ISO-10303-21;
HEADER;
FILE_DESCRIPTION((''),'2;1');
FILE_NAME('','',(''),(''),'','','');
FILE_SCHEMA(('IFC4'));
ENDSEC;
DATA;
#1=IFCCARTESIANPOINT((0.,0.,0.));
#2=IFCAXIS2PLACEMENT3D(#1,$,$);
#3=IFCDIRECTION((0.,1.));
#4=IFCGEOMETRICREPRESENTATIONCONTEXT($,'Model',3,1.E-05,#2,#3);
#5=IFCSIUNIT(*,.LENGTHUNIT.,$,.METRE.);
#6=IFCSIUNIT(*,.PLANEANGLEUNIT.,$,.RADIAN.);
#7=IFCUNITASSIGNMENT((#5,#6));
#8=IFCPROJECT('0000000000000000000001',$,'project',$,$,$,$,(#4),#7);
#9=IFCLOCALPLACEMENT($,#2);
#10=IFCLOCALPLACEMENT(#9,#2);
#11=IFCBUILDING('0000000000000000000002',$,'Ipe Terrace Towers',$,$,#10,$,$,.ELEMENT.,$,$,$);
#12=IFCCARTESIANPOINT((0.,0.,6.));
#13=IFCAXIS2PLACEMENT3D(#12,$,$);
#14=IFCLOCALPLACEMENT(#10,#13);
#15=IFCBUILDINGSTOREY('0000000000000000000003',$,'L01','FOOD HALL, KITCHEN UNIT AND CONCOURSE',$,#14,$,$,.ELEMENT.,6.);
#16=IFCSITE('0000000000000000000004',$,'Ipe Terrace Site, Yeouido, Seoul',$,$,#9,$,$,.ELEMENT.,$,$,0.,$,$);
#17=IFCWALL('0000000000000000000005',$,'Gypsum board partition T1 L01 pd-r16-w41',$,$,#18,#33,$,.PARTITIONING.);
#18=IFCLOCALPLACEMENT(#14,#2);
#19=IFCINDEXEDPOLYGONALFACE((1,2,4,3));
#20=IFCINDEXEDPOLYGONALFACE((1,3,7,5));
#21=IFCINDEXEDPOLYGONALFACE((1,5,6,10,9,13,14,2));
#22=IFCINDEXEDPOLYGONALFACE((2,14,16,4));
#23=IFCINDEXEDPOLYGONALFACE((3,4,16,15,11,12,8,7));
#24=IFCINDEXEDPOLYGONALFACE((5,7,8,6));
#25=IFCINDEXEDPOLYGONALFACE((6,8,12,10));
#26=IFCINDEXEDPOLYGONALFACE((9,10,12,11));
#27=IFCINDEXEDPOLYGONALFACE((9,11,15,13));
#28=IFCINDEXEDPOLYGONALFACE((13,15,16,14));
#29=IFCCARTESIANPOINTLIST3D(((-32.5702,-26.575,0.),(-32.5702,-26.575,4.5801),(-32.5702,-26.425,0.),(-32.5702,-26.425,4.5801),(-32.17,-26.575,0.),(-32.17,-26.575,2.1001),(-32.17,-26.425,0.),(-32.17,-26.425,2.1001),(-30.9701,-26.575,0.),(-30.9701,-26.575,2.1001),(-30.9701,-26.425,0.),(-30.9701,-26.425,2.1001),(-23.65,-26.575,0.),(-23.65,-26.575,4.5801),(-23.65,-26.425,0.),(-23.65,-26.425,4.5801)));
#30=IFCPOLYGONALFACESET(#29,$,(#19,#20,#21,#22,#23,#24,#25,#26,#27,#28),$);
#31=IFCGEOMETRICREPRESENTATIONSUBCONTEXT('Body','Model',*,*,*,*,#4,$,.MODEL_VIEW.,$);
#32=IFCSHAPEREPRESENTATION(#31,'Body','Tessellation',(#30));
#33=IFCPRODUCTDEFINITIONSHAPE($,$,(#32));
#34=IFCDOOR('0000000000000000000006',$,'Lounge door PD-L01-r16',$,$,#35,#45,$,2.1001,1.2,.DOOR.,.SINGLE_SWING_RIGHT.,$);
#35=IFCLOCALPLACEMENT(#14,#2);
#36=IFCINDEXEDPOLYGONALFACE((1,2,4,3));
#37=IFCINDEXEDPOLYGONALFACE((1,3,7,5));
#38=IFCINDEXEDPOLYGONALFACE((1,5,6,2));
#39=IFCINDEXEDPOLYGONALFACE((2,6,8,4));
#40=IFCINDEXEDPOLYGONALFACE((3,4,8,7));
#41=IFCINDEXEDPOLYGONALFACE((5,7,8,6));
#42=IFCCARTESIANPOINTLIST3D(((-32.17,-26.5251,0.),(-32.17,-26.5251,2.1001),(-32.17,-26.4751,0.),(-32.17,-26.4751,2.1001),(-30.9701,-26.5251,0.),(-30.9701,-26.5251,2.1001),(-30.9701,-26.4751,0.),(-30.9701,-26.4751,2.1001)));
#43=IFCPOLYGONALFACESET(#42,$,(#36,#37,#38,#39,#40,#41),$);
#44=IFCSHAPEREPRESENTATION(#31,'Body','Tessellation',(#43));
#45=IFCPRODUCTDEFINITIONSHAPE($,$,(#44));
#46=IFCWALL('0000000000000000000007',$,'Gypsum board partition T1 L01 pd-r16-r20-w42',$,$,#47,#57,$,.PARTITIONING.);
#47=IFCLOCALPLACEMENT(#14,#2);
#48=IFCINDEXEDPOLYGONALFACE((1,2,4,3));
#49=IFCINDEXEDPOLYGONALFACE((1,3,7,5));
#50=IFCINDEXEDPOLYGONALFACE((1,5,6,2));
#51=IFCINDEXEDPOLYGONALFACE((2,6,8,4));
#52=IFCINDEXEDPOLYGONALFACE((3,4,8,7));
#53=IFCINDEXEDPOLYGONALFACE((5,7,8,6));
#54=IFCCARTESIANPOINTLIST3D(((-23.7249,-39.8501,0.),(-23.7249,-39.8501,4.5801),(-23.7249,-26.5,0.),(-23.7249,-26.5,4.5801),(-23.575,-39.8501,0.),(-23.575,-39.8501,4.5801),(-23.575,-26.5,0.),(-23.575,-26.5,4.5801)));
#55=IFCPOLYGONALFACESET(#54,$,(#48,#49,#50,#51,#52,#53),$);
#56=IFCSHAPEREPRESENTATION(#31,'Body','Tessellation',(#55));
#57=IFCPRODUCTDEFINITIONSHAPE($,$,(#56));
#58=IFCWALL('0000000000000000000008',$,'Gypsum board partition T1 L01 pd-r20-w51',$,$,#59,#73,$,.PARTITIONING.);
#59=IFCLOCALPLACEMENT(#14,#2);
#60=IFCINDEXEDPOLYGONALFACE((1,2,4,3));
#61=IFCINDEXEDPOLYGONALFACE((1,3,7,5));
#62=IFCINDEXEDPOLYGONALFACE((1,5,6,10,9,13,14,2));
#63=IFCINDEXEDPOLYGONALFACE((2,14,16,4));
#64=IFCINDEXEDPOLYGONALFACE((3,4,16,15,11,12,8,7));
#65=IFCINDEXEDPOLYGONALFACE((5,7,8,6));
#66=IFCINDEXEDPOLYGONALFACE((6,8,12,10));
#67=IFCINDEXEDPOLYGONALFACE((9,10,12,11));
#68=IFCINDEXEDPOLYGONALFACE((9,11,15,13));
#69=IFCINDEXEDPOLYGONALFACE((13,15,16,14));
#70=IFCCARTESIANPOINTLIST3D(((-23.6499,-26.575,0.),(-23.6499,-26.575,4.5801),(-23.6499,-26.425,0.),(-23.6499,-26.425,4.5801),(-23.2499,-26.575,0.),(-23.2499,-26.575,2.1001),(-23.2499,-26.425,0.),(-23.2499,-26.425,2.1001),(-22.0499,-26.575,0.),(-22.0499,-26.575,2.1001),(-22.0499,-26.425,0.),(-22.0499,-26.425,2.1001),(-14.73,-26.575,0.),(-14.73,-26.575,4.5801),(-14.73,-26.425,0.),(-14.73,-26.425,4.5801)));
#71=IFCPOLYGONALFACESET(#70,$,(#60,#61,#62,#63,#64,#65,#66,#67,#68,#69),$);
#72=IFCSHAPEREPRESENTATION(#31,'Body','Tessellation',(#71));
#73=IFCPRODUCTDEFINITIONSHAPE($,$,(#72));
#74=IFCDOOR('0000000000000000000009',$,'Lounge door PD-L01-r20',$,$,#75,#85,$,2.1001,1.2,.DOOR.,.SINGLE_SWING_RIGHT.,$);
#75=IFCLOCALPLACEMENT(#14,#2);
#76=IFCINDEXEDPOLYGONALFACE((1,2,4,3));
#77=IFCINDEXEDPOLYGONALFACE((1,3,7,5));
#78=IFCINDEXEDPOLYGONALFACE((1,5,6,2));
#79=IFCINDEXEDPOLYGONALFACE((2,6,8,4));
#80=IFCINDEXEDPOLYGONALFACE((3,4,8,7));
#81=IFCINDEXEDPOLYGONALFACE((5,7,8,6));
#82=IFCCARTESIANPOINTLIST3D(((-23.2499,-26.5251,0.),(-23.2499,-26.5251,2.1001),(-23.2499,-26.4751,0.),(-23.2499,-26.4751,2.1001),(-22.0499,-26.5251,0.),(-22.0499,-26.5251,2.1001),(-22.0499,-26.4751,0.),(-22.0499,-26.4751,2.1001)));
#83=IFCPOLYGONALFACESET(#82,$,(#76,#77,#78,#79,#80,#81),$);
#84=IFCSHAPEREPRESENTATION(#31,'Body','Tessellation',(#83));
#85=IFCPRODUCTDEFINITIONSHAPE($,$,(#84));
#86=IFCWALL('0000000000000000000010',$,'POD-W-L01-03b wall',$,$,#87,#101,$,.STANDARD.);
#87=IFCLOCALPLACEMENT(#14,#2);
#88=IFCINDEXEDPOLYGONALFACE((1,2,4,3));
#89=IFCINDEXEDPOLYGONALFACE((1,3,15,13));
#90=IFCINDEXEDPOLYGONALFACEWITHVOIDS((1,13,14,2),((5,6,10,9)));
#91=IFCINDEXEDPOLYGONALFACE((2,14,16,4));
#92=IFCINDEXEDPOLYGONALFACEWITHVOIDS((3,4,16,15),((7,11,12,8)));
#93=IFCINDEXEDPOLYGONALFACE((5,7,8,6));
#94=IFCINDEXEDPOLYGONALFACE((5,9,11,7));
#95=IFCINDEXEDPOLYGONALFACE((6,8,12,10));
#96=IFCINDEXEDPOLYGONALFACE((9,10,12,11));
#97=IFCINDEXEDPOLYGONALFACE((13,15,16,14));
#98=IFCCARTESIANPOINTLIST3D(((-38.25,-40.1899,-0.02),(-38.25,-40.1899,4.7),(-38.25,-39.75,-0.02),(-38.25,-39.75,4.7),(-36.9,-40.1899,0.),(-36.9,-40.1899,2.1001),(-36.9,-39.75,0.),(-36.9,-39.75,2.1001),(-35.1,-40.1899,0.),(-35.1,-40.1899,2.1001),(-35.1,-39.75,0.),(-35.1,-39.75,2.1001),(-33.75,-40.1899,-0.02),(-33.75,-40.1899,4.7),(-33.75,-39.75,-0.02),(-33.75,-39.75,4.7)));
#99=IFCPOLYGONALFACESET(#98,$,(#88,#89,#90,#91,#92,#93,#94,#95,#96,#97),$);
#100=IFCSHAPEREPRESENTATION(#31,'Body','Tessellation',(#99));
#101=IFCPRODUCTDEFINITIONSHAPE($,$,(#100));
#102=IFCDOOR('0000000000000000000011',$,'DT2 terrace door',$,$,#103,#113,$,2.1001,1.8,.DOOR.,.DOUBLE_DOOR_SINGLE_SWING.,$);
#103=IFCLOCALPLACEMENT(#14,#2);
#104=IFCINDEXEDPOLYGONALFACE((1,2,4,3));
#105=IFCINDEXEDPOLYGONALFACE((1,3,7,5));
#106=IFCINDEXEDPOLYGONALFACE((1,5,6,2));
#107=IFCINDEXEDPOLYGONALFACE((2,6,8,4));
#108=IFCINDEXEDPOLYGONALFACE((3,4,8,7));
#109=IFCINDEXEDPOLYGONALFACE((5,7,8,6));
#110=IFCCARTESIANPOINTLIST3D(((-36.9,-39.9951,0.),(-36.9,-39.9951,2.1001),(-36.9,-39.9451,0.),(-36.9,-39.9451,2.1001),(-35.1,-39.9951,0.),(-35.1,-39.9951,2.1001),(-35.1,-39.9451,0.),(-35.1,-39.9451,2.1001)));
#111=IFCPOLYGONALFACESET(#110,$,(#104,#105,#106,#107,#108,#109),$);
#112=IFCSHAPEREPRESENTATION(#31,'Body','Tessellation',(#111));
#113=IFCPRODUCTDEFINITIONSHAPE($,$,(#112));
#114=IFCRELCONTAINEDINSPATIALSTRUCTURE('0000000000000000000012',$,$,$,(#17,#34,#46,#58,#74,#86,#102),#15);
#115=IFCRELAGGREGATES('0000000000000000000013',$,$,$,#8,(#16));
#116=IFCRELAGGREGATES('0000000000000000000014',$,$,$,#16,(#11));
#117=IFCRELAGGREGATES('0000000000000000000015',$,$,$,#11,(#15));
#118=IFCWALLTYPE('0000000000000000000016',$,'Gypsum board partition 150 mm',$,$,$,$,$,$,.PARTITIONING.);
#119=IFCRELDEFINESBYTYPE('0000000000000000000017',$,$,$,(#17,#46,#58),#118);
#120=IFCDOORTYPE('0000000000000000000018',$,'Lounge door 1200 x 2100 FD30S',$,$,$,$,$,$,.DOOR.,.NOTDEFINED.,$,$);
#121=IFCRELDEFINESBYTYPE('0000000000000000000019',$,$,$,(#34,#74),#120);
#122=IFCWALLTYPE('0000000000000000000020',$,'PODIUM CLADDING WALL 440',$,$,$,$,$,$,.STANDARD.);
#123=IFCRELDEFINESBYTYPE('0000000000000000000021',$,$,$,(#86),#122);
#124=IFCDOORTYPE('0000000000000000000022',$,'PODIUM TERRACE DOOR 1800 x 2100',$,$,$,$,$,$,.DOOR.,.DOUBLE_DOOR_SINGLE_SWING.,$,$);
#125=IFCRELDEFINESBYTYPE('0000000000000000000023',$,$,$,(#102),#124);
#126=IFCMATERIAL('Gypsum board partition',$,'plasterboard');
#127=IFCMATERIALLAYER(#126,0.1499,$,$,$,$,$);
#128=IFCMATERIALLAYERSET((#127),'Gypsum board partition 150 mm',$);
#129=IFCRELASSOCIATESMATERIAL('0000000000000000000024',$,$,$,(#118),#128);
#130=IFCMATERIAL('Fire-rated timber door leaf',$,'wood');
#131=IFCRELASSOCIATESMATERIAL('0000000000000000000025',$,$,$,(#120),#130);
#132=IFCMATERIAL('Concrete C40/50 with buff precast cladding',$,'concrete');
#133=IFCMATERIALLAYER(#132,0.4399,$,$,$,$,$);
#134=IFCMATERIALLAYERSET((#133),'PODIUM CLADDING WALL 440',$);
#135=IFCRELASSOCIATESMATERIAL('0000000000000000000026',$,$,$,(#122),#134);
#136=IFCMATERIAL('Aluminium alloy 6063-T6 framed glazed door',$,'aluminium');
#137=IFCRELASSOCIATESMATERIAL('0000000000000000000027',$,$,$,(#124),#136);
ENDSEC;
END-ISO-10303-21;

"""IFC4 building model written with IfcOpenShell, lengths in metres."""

from ifc_helpers import new_model, si_unit, direction, frame, frame_2d, origin, place, context, subcontext, project, spatial, rectangle, extrude, material, layer, layer_set, type_object, element, fill, save


model = new_model("IFC4")

# Units and contexts
model_context = context("Model", 3, precision=1e-05, world=origin(), true_north=direction((0.0, 1.0)))
body_context = subcontext(model_context, "Body", "Model", "MODEL_VIEW")
ifc_project = project(units=[si_unit("LENGTHUNIT", "METRE"), si_unit("PLANEANGLEUNIT", "RADIAN")], contexts=[model_context])

# Site, building, storey
site_placement = place(None, origin())
site = spatial("IfcSite", under=ifc_project, at=site_placement, Name="Ipe Terrace Site, Yeouido, Seoul", CompositionType="ELEMENT", RefElevation=0.0)
building_placement = place(site_placement, origin())
building = spatial("IfcBuilding", under=site, at=building_placement, Name="Ipe Terrace Towers", CompositionType="ELEMENT")
storey_placement = place(building_placement, frame((0.0, 0.0, 6.0)))
storey = spatial("IfcBuildingStorey", under=building, at=storey_placement, Name="L01", Description="FOOD HALL, KITCHEN UNIT AND CONCOURSE", CompositionType="ELEMENT", Elevation=6.0)

# Shared definitions
ifc_material_1 = material(Name="Gypsum board partition", Category="plasterboard")
ifc_layer_1 = layer(ifc_material_1, 0.1499)
ifc_layer_set_1 = layer_set([ifc_layer_1], Name="Gypsum board partition 150 mm")
wall_type_1 = type_object("IfcWallType", Name="Gypsum board partition 150 mm", PredefinedType="PARTITIONING", material=ifc_layer_set_1)

# Wall, opening, door
wall_1_placement = place(storey_placement, frame((-32.5701, -26.5, 0.0), z_axis=(0.0, 0.0, 1.0), x_axis=(1.0, 0.0, 0.0)))
wall_1 = element("IfcWall", 1, at=wall_1_placement, inside=storey, type_object=wall_type_1, Name="Gypsum board partition T1 L01 pd-r16-w41", PredefinedType="PARTITIONING", context=body_context, shape_type="SweptSolid", body=[
    extrude(rectangle(XDim=8.9202, YDim=0.1499, at=frame_2d((4.46, 0.0))), origin(), (0.0, 0.0, 1.0), 4.5801),
])
opening_1_placement = place(wall_1_placement, frame((0.3999, 0.0, 0.0)))
opening_1 = element("IfcOpeningElement", 2, at=opening_1_placement, cuts=wall_1, PredefinedType="OPENING", context=body_context, shape_type="SweptSolid", body=[
    extrude(rectangle(XDim=1.2, YDim=2.1001, at=frame_2d((0.6001, 1.05))), frame((0.0, 0.085, 0.0), z_axis=(0.0, -1.0, 0.0), x_axis=(1.0, 0.0, 0.0)), (0.0, 0.0, 1.0), 0.1699),
])
ifc_material_2 = material(Name="Fire-rated timber door leaf", Category="wood")
door_type_1 = type_object("IfcDoorType", Name="Lounge door 1200 x 2100 FD30S", OperationType="NOTDEFINED", PredefinedType="DOOR", material=ifc_material_2)
door_1_placement = place(opening_1_placement, origin())
door_1 = element("IfcDoor", 3, at=door_1_placement, inside=storey, type_object=door_type_1, Name="Lounge door PD-L01-r16", OperationType="SINGLE_SWING_RIGHT", OverallHeight=2.1001, OverallWidth=1.2, PredefinedType="DOOR", context=body_context, shape_type="SweptSolid", body=[
    extrude(rectangle(XDim=1.2, YDim=2.1001, at=frame_2d((0.6001, 1.05))), frame((0.0, 0.0249, 0.0), z_axis=(0.0, -1.0, 0.0), x_axis=(1.0, 0.0, 0.0)), (0.0, 0.0, 1.0), 0.05),
])
fill(opening_1, door_1)

# Wall
wall_2_placement = place(storey_placement, frame((-23.6499, -26.5, 0.0), z_axis=(0.0, 0.0, 1.0), x_axis=(0.0, -1.0, 0.0)))
element("IfcWall", 4, at=wall_2_placement, inside=storey, type_object=wall_type_1, Name="Gypsum board partition T1 L01 pd-r16-r20-w42", PredefinedType="PARTITIONING", context=body_context, shape_type="SweptSolid", body=[
    extrude(rectangle(XDim=13.3501, YDim=0.1499, at=frame_2d((6.675, 0.0))), origin(), (0.0, 0.0, 1.0), 4.5801),
])

# Walls, openings, doors
wall_3_placement = place(storey_placement, frame((-23.6499, -26.5, 0.0), z_axis=(0.0, 0.0, 1.0), x_axis=(1.0, 0.0, 0.0)))
wall_3 = element("IfcWall", 5, at=wall_3_placement, inside=storey, type_object=wall_type_1, Name="Gypsum board partition T1 L01 pd-r20-w51", PredefinedType="PARTITIONING", context=body_context, shape_type="SweptSolid", body=[
    extrude(rectangle(XDim=8.9199, YDim=0.1499, at=frame_2d((4.46, 0.0))), origin(), (0.0, 0.0, 1.0), 4.5801),
])
opening_2_placement = place(wall_3_placement, frame((0.3999, 0.0, 0.0)))
opening_2 = element("IfcOpeningElement", 6, at=opening_2_placement, cuts=wall_3, PredefinedType="OPENING", context=body_context, shape_type="SweptSolid", body=[
    extrude(rectangle(XDim=1.2, YDim=2.1001, at=frame_2d((0.6001, 1.05))), frame((0.0, 0.085, 0.0), z_axis=(0.0, -1.0, 0.0), x_axis=(1.0, 0.0, 0.0)), (0.0, 0.0, 1.0), 0.1699),
])
door_2_placement = place(opening_2_placement, origin())
door_2 = element("IfcDoor", 7, at=door_2_placement, inside=storey, type_object=door_type_1, Name="Lounge door PD-L01-r20", OperationType="SINGLE_SWING_RIGHT", OverallHeight=2.1001, OverallWidth=1.2, PredefinedType="DOOR", context=body_context, shape_type="SweptSolid", body=[
    extrude(rectangle(XDim=1.2, YDim=2.1001, at=frame_2d((0.6001, 1.05))), frame((0.0, 0.0249, 0.0), z_axis=(0.0, -1.0, 0.0), x_axis=(1.0, 0.0, 0.0)), (0.0, 0.0, 1.0), 0.05),
])
fill(opening_2, door_2)
ifc_material_3 = material(Name="Concrete C40/50 with buff precast cladding", Category="concrete")
ifc_layer_2 = layer(ifc_material_3, 0.4399)
ifc_layer_set_2 = layer_set([ifc_layer_2], Name="PODIUM CLADDING WALL 440")
wall_type_2 = type_object("IfcWallType", Name="PODIUM CLADDING WALL 440", PredefinedType="STANDARD", material=ifc_layer_set_2)
wall_4_placement = place(storey_placement, frame((-38.25, -39.97, -0.02), z_axis=(0.0, 0.0, 1.0), x_axis=(1.0, 0.0, 0.0)))
wall_4 = element("IfcWall", 8, at=wall_4_placement, inside=storey, type_object=wall_type_2, Name="POD-W-L01-03b wall", PredefinedType="STANDARD", context=body_context, shape_type="SweptSolid", body=[
    extrude(rectangle(XDim=4.5, YDim=0.4399, at=frame_2d((2.25, 0.0))), origin(), (0.0, 0.0, 1.0), 4.72),
])
opening_3_placement = place(wall_4_placement, frame((1.3501, 0.0, 0.02)))
opening_3 = element("IfcOpeningElement", 9, at=opening_3_placement, cuts=wall_4, PredefinedType="OPENING", context=body_context, shape_type="SweptSolid", body=[
    extrude(rectangle(XDim=1.8, YDim=2.1001, at=frame_2d((0.8999, 1.05))), frame((0.0, 0.23, 0.0), z_axis=(0.0, -1.0, 0.0), x_axis=(1.0, 0.0, 0.0)), (0.0, 0.0, 1.0), 0.46),
])
ifc_material_4 = material(Name="Aluminium alloy 6063-T6 framed glazed door", Category="aluminium")
door_type_2 = type_object("IfcDoorType", Name="PODIUM TERRACE DOOR 1800 x 2100", OperationType="DOUBLE_DOOR_SINGLE_SWING", PredefinedType="DOOR", material=ifc_material_4)
door_3_placement = place(opening_3_placement, origin())
door_3 = element("IfcDoor", 10, at=door_3_placement, inside=storey, type_object=door_type_2, Name="DT2 terrace door", OperationType="DOUBLE_DOOR_SINGLE_SWING", OverallHeight=2.1001, OverallWidth=1.8, PredefinedType="DOOR", context=body_context, shape_type="SweptSolid", body=[
    extrude(rectangle(XDim=1.8, YDim=2.1001, at=frame_2d((0.8999, 1.05))), frame((0.0, 0.0249, 0.0), z_axis=(0.0, -1.0, 0.0), x_axis=(1.0, 0.0, 0.0)), (0.0, 0.0, 1.0), 0.05),
])
fill(opening_3, door_3)

save(model, "model.ifc")
